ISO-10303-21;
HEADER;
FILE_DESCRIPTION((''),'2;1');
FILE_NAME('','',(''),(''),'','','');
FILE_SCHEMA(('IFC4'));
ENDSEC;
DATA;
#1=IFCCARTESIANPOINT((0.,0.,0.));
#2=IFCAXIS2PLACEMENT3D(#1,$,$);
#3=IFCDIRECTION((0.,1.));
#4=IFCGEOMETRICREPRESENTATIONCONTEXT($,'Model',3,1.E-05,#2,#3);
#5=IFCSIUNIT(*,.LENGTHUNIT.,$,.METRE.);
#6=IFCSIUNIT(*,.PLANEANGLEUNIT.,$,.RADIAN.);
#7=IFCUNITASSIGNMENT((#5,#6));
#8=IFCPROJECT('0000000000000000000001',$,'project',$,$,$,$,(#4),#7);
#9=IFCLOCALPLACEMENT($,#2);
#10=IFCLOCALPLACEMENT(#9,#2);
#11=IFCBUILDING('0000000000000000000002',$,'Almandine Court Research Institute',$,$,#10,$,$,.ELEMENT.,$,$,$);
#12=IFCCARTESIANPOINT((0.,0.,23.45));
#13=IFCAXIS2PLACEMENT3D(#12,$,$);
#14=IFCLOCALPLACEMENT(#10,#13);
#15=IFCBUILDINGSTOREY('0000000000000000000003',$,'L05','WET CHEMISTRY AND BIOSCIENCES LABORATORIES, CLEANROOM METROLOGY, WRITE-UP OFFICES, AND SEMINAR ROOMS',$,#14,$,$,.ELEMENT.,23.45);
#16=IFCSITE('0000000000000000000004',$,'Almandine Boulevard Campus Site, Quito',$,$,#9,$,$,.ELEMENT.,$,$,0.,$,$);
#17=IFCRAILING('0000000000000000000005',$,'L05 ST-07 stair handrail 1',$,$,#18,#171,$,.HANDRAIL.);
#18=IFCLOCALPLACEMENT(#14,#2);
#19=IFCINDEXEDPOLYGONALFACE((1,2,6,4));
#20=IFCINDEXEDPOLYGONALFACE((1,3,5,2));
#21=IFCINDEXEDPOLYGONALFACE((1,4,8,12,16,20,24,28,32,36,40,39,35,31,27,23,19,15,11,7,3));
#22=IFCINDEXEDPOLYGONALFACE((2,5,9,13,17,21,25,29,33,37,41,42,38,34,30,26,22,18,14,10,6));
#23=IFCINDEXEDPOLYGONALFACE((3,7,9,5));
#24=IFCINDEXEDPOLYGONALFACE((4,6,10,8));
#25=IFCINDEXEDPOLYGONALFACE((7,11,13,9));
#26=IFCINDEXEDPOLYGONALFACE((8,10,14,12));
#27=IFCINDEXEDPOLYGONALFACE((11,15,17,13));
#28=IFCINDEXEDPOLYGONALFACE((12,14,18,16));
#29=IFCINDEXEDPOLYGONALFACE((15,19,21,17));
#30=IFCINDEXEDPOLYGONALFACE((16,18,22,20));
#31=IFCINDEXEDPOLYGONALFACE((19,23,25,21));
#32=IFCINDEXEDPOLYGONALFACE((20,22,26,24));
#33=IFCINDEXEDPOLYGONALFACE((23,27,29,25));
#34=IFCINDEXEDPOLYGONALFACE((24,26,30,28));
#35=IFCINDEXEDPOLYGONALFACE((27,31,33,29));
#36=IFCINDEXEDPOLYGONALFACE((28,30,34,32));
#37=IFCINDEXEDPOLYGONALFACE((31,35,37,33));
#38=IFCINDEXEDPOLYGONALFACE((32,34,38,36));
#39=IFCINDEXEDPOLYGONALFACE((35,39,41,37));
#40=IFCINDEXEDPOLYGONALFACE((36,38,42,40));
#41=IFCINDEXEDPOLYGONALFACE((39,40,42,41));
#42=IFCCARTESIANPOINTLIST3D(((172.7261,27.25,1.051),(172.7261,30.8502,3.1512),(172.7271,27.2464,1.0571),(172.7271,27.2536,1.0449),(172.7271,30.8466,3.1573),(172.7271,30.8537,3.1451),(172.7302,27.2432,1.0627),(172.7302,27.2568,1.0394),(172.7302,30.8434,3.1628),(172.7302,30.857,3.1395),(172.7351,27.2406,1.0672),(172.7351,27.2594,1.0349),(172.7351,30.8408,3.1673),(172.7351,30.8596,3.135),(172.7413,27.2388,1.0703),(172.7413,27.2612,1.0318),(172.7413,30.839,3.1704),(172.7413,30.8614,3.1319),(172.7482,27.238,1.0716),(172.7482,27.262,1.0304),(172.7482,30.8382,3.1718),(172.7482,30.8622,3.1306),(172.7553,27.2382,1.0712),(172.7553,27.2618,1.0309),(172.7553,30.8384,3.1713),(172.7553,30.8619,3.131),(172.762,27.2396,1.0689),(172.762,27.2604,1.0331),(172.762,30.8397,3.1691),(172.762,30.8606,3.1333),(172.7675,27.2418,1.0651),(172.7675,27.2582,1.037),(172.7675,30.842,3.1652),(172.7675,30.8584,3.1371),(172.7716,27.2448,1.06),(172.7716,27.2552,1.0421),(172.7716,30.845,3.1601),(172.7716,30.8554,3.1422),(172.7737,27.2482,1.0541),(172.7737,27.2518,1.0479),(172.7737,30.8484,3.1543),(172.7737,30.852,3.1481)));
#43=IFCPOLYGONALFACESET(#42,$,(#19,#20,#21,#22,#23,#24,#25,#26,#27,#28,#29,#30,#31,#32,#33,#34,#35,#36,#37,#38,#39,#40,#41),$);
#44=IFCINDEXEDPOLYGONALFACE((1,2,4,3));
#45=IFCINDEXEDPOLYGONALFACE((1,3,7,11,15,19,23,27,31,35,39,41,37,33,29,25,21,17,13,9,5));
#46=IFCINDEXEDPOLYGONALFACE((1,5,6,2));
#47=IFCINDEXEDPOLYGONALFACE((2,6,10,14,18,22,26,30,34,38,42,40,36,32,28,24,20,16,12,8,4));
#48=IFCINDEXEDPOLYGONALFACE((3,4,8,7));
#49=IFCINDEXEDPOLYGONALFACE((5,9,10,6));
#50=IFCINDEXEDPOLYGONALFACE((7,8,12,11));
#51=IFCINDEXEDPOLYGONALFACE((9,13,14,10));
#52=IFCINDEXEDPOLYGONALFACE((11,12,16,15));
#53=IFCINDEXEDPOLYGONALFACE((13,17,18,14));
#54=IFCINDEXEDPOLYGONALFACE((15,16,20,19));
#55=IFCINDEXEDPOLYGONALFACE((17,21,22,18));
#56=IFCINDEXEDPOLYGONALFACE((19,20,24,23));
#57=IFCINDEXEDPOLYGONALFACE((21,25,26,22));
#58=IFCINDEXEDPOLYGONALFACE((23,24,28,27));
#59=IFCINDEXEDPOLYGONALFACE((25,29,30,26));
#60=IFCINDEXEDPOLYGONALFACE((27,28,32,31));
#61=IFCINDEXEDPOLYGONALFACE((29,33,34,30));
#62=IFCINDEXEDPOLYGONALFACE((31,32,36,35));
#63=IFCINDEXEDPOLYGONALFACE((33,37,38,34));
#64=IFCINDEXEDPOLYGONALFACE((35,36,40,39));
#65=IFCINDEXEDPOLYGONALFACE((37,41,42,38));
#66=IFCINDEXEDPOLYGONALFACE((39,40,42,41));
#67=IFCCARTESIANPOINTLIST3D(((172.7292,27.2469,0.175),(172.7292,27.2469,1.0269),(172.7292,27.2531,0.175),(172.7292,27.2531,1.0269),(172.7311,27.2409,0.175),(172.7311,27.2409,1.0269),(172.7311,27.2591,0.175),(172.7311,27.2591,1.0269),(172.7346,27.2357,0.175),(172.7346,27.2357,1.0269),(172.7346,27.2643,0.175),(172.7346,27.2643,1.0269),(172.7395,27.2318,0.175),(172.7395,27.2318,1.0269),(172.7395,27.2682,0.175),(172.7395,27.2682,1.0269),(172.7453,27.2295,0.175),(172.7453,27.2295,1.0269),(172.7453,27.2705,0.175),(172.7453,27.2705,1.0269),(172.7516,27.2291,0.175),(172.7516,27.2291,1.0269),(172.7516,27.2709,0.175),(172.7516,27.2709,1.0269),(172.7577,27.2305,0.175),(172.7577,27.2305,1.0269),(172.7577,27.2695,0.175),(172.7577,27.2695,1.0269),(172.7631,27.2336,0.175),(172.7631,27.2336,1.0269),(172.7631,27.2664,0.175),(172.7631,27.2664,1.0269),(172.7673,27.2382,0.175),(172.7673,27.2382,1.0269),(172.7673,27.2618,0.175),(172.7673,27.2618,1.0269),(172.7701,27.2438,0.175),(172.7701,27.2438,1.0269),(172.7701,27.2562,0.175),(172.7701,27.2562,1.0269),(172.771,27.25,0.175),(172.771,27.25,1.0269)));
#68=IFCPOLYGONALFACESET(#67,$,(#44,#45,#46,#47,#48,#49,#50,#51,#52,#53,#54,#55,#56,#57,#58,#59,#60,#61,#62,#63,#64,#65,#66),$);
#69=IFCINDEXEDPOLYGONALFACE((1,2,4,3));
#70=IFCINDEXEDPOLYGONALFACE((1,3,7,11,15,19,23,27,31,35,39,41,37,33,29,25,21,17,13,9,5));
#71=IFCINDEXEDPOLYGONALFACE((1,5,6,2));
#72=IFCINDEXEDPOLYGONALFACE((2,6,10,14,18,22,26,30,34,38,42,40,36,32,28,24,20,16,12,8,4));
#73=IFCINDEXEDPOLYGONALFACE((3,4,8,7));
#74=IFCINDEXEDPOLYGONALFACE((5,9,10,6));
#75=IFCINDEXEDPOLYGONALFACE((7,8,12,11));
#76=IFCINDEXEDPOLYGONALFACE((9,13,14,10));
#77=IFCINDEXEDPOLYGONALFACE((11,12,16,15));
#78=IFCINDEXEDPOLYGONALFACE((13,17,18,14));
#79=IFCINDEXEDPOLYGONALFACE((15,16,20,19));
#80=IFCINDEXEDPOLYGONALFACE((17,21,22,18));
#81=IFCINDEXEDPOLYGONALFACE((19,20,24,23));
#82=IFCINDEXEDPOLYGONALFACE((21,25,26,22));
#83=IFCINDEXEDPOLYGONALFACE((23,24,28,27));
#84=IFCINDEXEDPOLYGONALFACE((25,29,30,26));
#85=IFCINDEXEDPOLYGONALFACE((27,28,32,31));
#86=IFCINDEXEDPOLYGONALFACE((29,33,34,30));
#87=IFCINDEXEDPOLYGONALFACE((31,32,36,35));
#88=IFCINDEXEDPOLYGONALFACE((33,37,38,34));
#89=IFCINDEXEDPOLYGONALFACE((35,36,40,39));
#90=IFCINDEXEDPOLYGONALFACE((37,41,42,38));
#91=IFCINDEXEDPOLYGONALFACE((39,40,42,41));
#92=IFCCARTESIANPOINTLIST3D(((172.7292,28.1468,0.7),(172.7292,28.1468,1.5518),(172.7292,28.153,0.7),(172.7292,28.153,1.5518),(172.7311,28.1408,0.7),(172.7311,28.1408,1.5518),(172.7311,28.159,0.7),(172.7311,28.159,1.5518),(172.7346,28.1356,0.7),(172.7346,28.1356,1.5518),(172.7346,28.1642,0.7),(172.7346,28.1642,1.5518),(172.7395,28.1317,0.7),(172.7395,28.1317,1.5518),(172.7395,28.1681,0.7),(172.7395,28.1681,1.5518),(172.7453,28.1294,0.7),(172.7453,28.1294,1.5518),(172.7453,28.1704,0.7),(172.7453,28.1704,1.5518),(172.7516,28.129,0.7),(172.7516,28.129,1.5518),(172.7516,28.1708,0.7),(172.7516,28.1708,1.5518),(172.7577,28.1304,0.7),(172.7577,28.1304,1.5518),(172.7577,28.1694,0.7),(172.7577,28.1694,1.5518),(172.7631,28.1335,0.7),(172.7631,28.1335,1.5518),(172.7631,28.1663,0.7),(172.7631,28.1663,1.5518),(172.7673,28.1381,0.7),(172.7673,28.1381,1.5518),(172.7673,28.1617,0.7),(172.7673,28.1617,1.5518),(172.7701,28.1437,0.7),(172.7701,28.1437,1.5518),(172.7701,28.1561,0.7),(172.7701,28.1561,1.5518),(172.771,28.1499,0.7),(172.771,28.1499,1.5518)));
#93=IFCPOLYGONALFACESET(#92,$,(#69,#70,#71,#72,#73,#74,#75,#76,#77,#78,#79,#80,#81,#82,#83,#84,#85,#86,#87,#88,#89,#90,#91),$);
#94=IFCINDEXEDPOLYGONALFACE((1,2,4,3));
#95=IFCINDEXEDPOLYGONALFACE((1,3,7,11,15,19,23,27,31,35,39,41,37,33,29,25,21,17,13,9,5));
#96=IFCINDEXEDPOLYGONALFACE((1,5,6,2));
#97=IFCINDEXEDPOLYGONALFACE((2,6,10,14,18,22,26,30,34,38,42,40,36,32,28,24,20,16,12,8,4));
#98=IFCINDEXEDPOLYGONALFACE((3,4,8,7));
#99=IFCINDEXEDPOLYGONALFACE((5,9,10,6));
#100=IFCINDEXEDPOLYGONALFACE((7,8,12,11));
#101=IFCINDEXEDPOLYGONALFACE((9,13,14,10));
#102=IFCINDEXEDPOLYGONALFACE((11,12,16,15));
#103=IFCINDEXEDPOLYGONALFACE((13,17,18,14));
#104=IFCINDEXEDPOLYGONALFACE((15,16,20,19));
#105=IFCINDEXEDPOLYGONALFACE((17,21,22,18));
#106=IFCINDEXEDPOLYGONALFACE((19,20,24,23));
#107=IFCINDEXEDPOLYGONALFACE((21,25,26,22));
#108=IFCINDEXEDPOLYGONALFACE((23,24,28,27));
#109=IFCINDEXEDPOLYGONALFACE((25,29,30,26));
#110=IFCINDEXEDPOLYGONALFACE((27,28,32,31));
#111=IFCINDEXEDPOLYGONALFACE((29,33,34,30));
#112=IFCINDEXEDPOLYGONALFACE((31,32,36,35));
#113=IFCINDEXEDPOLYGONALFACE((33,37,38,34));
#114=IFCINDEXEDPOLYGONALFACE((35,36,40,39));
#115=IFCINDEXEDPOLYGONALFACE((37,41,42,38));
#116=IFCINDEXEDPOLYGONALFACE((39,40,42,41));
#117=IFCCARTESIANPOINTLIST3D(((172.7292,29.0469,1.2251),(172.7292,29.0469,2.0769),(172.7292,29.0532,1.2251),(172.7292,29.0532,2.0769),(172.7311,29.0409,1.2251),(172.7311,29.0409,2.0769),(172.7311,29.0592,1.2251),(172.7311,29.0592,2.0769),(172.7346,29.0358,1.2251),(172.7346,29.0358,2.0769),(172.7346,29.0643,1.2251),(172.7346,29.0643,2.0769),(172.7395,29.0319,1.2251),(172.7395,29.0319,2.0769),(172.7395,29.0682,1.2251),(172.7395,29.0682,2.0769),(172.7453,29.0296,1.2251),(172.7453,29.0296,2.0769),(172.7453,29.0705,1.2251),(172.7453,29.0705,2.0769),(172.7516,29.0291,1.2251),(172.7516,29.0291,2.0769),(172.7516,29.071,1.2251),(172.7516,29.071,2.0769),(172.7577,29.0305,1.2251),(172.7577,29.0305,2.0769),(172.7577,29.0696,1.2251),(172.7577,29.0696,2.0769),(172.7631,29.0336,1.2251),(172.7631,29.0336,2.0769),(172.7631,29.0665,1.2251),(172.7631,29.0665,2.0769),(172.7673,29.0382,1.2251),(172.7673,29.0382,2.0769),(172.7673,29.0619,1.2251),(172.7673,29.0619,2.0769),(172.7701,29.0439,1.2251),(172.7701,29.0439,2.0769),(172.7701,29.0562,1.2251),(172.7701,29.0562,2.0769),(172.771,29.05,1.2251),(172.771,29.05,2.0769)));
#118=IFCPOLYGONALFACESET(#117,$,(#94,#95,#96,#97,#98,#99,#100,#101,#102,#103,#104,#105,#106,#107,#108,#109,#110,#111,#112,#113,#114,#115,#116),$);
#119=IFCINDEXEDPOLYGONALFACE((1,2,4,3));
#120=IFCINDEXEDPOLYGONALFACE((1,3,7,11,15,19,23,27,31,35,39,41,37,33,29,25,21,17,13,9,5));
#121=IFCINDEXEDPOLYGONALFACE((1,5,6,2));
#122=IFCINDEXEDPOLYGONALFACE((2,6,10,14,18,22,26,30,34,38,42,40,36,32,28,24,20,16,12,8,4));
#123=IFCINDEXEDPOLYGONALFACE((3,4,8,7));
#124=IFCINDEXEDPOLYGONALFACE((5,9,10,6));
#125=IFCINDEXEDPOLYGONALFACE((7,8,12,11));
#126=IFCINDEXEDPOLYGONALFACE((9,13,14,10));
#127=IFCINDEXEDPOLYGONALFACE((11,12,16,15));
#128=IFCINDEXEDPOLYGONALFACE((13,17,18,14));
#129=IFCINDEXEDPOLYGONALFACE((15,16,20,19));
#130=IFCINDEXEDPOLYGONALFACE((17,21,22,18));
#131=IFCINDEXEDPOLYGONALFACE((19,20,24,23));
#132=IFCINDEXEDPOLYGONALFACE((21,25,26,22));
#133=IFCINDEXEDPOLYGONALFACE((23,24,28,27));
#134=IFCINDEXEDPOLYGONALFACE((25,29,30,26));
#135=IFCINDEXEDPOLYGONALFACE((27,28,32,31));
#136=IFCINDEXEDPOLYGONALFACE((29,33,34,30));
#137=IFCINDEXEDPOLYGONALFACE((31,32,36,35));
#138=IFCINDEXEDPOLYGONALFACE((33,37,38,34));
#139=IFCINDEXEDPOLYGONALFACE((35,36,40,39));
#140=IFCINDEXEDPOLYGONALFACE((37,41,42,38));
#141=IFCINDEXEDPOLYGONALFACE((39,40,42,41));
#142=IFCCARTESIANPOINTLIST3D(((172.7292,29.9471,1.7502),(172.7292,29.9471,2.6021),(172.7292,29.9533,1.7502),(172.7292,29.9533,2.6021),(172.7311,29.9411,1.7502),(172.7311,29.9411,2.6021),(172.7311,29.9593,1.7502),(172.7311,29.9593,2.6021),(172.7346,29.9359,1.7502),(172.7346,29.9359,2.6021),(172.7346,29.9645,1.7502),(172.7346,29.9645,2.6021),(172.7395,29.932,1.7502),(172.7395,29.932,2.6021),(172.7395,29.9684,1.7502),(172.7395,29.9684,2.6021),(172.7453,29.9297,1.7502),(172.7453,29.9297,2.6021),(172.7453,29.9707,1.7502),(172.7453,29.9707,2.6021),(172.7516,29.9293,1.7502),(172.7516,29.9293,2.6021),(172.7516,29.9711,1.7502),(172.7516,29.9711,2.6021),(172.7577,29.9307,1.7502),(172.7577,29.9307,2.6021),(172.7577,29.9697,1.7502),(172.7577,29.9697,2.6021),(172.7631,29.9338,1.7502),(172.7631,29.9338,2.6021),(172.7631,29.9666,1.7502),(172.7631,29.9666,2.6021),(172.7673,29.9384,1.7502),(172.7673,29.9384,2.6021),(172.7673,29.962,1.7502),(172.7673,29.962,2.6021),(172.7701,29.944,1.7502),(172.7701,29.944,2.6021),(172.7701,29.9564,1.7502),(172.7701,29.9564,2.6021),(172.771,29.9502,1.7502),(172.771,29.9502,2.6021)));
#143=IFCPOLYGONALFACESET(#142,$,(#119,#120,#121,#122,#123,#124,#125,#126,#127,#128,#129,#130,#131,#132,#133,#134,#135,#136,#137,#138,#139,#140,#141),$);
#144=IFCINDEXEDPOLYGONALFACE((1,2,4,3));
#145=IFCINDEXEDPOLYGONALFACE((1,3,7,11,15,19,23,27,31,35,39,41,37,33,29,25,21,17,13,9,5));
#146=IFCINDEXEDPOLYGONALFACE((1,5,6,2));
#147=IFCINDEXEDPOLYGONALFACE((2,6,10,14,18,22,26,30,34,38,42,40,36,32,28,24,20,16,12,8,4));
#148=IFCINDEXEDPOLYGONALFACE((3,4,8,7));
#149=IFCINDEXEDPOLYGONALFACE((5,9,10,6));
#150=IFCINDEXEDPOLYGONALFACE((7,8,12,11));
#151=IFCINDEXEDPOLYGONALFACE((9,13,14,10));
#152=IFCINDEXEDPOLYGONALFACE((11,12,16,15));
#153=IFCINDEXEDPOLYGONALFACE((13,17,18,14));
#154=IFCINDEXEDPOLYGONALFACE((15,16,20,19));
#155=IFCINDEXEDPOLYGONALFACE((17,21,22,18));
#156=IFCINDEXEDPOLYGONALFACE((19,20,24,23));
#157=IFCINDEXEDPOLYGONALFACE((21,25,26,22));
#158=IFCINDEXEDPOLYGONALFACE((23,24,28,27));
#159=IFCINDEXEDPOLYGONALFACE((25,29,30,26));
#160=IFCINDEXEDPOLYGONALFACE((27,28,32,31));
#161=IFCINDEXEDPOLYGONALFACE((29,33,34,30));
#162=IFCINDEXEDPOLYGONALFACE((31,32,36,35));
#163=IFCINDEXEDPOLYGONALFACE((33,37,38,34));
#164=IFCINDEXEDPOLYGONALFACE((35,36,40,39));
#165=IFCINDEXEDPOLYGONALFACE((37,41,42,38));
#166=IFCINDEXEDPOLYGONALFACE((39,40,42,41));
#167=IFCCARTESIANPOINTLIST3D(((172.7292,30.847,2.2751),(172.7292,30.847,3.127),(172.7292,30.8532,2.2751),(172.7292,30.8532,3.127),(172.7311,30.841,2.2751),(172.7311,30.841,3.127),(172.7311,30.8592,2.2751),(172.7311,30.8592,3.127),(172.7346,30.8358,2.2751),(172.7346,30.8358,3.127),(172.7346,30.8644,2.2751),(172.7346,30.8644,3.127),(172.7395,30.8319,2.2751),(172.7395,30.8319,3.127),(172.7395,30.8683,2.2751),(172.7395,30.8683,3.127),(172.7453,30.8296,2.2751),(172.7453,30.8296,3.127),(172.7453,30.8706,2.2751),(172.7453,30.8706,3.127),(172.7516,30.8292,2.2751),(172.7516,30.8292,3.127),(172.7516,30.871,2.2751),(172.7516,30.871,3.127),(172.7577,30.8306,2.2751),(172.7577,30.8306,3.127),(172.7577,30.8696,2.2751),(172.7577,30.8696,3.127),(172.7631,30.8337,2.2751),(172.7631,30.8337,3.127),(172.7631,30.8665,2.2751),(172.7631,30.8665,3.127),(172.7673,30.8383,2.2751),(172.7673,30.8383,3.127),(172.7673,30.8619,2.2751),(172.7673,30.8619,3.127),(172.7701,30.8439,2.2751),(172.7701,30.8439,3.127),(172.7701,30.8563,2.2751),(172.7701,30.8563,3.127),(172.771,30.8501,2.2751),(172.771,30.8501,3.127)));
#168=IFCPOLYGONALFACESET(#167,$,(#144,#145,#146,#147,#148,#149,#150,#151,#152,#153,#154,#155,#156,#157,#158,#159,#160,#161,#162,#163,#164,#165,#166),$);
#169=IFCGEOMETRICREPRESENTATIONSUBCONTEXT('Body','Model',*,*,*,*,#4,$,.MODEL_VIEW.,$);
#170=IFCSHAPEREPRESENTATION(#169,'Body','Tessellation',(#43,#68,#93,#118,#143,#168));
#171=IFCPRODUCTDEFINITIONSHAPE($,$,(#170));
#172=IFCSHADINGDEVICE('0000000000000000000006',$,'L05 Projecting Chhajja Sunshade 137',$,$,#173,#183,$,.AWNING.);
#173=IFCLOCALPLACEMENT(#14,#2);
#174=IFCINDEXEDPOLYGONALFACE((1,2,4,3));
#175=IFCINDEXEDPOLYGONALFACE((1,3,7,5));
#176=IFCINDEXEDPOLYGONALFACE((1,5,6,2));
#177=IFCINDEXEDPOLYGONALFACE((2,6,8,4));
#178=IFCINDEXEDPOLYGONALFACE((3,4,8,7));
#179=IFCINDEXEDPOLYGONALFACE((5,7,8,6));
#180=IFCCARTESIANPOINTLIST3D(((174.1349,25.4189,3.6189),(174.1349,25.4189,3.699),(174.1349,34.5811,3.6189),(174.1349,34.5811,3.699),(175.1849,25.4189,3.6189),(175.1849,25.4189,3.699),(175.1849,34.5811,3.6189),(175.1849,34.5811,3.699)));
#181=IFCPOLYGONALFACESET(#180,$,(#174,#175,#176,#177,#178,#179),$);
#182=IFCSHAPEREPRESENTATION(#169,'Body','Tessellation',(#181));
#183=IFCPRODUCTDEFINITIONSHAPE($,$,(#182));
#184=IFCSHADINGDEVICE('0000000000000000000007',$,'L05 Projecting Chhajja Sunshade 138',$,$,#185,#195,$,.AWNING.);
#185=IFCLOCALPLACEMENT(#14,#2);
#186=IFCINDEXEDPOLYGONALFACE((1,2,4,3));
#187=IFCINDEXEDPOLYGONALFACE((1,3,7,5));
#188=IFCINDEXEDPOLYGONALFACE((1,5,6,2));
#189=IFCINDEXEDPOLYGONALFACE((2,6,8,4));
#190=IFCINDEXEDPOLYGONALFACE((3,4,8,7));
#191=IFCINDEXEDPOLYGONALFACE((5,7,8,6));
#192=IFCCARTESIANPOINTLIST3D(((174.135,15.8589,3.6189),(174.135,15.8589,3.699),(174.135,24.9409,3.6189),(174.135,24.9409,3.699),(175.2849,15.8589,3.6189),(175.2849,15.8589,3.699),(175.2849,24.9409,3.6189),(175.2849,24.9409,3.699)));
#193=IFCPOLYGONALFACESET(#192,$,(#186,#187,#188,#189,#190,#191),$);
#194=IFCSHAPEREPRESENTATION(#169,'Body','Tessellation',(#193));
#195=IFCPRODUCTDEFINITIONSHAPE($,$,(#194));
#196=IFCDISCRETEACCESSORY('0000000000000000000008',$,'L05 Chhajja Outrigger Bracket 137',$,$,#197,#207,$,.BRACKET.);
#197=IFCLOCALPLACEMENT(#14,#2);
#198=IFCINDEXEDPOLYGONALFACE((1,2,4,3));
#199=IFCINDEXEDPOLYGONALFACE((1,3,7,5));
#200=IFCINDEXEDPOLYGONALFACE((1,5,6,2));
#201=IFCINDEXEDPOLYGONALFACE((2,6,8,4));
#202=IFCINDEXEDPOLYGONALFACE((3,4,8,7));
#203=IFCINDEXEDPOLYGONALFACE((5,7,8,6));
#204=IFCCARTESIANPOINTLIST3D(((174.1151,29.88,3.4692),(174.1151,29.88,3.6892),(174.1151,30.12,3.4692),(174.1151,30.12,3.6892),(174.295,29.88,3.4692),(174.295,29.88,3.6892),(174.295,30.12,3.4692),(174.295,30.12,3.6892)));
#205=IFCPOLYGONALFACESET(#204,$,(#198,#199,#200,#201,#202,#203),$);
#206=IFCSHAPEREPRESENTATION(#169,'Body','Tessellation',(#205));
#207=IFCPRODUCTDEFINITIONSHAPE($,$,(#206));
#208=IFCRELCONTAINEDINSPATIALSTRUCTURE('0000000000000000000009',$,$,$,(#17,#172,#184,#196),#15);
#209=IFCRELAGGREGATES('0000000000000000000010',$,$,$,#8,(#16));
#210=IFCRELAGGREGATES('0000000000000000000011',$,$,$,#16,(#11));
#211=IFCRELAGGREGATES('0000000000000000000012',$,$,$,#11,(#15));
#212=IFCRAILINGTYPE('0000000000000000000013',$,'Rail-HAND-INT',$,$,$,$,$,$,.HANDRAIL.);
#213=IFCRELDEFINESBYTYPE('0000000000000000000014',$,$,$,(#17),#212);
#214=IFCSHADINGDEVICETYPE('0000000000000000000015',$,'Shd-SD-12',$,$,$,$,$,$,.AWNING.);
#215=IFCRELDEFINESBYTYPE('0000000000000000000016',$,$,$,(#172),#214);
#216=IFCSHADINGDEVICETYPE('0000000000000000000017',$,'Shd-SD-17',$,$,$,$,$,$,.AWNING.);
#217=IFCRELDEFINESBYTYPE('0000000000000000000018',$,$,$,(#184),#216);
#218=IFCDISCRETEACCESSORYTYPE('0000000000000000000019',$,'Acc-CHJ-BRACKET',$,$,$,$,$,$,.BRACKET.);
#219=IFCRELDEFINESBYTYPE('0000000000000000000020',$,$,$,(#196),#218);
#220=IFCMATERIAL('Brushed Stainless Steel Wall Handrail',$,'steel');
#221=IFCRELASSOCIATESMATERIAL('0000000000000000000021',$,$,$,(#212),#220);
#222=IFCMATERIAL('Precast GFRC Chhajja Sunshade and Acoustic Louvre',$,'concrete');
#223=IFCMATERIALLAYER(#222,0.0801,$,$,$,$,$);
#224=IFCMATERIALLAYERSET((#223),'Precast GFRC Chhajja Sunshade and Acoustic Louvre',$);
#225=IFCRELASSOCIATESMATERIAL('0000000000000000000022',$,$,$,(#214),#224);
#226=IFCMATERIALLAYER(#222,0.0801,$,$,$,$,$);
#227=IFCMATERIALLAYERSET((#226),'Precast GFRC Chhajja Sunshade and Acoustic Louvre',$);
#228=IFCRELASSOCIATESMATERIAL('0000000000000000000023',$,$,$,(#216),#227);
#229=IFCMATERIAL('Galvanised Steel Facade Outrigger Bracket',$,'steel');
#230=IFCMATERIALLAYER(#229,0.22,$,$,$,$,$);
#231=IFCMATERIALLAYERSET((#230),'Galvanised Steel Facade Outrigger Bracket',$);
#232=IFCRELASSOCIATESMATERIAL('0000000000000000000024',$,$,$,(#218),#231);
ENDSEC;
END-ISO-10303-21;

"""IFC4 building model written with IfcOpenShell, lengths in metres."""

from ifc_helpers import new_model, si_unit, direction, frame, origin, origin_2d, place, context, subcontext, project, spatial, rectangle, circle, extrude, material, layer, layer_set, type_object, element, save


model = new_model("IFC4")

# Units and contexts
model_context = context("Model", 3, precision=1e-05, world=origin(), true_north=direction((0.0, 1.0)))
body_context = subcontext(model_context, "Body", "Model", "MODEL_VIEW")
ifc_project = project(units=[si_unit("LENGTHUNIT", "METRE"), si_unit("PLANEANGLEUNIT", "RADIAN")], contexts=[model_context])

# Site, building, storey
site_placement = place(None, origin())
site = spatial("IfcSite", under=ifc_project, at=site_placement, Name="Almandine Boulevard Campus Site, Quito", CompositionType="ELEMENT", RefElevation=0.0)
building_placement = place(site_placement, origin())
building = spatial("IfcBuilding", under=site, at=building_placement, Name="Almandine Court Research Institute", CompositionType="ELEMENT")
storey_placement = place(building_placement, frame((0.0, 0.0, 23.45)))
storey = spatial("IfcBuildingStorey", under=building, at=storey_placement, Name="L05", Description="WET CHEMISTRY AND BIOSCIENCES LABORATORIES, CLEANROOM METROLOGY, WRITE-UP OFFICES, AND SEMINAR ROOMS", CompositionType="ELEMENT", Elevation=23.45)

# Railing
ifc_material_1 = material(Name="Brushed Stainless Steel Wall Handrail", Category="steel")
railing_type_1 = type_object("IfcRailingType", Name="Rail-HAND-INT", PredefinedType="HANDRAIL", material=ifc_material_1)
railing_1_placement = place(storey_placement, frame((172.75, 27.25, 0.175)))
element("IfcRailing", 1, at=railing_1_placement, inside=storey, type_object=railing_type_1, Name="L05 ST-07 stair handrail 1", PredefinedType="HANDRAIL", context=body_context, shape_type="SweptSolid", body=[
    extrude(circle(Radius=0.0239, at=origin_2d()), frame((0.0, 0.0, 0.876), z_axis=(0.0, 0.863775, 0.503878), x_axis=(-1.0, 0.0, 0.0)), (0.0, 0.0, 1.0), 4.168),
    extrude(circle(Radius=0.021, at=origin_2d()), origin(), (0.0, 0.0, 1.0), 0.8518),
    extrude(circle(Radius=0.021, at=origin_2d()), frame((0.0, 0.8999, 0.5249)), (0.0, 0.0, 1.0), 0.8518),
    extrude(circle(Radius=0.021, at=origin_2d()), frame((0.0, 1.8, 1.05)), (0.0, 0.0, 1.0), 0.8518),
    extrude(circle(Radius=0.021, at=origin_2d()), frame((0.0, 2.7002, 1.5752)), (0.0, 0.0, 1.0), 0.8518),
    extrude(circle(Radius=0.021, at=origin_2d()), frame((0.0, 3.6001, 2.1001)), (0.0, 0.0, 1.0), 0.8518),
])

# Shading devices
ifc_material_2 = material(Name="Precast GFRC Chhajja Sunshade and Acoustic Louvre", Category="concrete")
ifc_layer_1 = layer(ifc_material_2, 0.0801)
ifc_layer_set_1 = layer_set([ifc_layer_1], Name="Precast GFRC Chhajja Sunshade and Acoustic Louvre")
shading_device_type_1 = type_object("IfcShadingDeviceType", Name="Shd-SD-12", PredefinedType="AWNING", material=ifc_layer_set_1)
shading_device_1_placement = place(storey_placement, frame((174.6599, 30.0, 3.6189), z_axis=(0.0, 0.0, 1.0), x_axis=(0.0, -1.0, 0.0)))
element("IfcShadingDevice", 2, at=shading_device_1_placement, inside=storey, type_object=shading_device_type_1, Name="L05 Projecting Chhajja Sunshade 137", PredefinedType="AWNING", context=body_context, shape_type="SweptSolid", body=[
    extrude(rectangle(XDim=9.1621, YDim=1.05, at=origin_2d()), origin(), (0.0, 0.0, 1.0), 0.0801),
])
ifc_layer_2 = layer(ifc_material_2, 0.0801)
ifc_layer_set_2 = layer_set([ifc_layer_2], Name="Precast GFRC Chhajja Sunshade and Acoustic Louvre")
shading_device_type_2 = type_object("IfcShadingDeviceType", Name="Shd-SD-17", PredefinedType="AWNING", material=ifc_layer_set_2)
shading_device_2_placement = place(storey_placement, frame((174.71, 20.3999, 3.6189), z_axis=(0.0, 0.0, 1.0), x_axis=(0.0, -1.0, 0.0)))
element("IfcShadingDevice", 3, at=shading_device_2_placement, inside=storey, type_object=shading_device_type_2, Name="L05 Projecting Chhajja Sunshade 138", PredefinedType="AWNING", context=body_context, shape_type="SweptSolid", body=[
    extrude(rectangle(XDim=9.082, YDim=1.1499, at=origin_2d()), origin(), (0.0, 0.0, 1.0), 0.0801),
])

# Discrete accessory
ifc_material_3 = material(Name="Galvanised Steel Facade Outrigger Bracket", Category="steel")
ifc_layer_3 = layer(ifc_material_3, 0.22)
ifc_layer_set_3 = layer_set([ifc_layer_3], Name="Galvanised Steel Facade Outrigger Bracket")
discrete_accessory_type = type_object("IfcDiscreteAccessoryType", Name="Acc-CHJ-BRACKET", PredefinedType="BRACKET", material=ifc_layer_set_3)
discrete_accessory_placement = place(storey_placement, frame((174.2051, 30.0, 3.4692), z_axis=(0.0, 0.0, 1.0), x_axis=(0.0, -1.0, 0.0)))
element("IfcDiscreteAccessory", 4, at=discrete_accessory_placement, inside=storey, type_object=discrete_accessory_type, Name="L05 Chhajja Outrigger Bracket 137", PredefinedType="BRACKET", context=body_context, shape_type="SweptSolid", body=[
    extrude(rectangle(XDim=0.24, YDim=0.1799, at=origin_2d()), origin(), (0.0, 0.0, 1.0), 0.22),
])

save(model, "model.ifc")
